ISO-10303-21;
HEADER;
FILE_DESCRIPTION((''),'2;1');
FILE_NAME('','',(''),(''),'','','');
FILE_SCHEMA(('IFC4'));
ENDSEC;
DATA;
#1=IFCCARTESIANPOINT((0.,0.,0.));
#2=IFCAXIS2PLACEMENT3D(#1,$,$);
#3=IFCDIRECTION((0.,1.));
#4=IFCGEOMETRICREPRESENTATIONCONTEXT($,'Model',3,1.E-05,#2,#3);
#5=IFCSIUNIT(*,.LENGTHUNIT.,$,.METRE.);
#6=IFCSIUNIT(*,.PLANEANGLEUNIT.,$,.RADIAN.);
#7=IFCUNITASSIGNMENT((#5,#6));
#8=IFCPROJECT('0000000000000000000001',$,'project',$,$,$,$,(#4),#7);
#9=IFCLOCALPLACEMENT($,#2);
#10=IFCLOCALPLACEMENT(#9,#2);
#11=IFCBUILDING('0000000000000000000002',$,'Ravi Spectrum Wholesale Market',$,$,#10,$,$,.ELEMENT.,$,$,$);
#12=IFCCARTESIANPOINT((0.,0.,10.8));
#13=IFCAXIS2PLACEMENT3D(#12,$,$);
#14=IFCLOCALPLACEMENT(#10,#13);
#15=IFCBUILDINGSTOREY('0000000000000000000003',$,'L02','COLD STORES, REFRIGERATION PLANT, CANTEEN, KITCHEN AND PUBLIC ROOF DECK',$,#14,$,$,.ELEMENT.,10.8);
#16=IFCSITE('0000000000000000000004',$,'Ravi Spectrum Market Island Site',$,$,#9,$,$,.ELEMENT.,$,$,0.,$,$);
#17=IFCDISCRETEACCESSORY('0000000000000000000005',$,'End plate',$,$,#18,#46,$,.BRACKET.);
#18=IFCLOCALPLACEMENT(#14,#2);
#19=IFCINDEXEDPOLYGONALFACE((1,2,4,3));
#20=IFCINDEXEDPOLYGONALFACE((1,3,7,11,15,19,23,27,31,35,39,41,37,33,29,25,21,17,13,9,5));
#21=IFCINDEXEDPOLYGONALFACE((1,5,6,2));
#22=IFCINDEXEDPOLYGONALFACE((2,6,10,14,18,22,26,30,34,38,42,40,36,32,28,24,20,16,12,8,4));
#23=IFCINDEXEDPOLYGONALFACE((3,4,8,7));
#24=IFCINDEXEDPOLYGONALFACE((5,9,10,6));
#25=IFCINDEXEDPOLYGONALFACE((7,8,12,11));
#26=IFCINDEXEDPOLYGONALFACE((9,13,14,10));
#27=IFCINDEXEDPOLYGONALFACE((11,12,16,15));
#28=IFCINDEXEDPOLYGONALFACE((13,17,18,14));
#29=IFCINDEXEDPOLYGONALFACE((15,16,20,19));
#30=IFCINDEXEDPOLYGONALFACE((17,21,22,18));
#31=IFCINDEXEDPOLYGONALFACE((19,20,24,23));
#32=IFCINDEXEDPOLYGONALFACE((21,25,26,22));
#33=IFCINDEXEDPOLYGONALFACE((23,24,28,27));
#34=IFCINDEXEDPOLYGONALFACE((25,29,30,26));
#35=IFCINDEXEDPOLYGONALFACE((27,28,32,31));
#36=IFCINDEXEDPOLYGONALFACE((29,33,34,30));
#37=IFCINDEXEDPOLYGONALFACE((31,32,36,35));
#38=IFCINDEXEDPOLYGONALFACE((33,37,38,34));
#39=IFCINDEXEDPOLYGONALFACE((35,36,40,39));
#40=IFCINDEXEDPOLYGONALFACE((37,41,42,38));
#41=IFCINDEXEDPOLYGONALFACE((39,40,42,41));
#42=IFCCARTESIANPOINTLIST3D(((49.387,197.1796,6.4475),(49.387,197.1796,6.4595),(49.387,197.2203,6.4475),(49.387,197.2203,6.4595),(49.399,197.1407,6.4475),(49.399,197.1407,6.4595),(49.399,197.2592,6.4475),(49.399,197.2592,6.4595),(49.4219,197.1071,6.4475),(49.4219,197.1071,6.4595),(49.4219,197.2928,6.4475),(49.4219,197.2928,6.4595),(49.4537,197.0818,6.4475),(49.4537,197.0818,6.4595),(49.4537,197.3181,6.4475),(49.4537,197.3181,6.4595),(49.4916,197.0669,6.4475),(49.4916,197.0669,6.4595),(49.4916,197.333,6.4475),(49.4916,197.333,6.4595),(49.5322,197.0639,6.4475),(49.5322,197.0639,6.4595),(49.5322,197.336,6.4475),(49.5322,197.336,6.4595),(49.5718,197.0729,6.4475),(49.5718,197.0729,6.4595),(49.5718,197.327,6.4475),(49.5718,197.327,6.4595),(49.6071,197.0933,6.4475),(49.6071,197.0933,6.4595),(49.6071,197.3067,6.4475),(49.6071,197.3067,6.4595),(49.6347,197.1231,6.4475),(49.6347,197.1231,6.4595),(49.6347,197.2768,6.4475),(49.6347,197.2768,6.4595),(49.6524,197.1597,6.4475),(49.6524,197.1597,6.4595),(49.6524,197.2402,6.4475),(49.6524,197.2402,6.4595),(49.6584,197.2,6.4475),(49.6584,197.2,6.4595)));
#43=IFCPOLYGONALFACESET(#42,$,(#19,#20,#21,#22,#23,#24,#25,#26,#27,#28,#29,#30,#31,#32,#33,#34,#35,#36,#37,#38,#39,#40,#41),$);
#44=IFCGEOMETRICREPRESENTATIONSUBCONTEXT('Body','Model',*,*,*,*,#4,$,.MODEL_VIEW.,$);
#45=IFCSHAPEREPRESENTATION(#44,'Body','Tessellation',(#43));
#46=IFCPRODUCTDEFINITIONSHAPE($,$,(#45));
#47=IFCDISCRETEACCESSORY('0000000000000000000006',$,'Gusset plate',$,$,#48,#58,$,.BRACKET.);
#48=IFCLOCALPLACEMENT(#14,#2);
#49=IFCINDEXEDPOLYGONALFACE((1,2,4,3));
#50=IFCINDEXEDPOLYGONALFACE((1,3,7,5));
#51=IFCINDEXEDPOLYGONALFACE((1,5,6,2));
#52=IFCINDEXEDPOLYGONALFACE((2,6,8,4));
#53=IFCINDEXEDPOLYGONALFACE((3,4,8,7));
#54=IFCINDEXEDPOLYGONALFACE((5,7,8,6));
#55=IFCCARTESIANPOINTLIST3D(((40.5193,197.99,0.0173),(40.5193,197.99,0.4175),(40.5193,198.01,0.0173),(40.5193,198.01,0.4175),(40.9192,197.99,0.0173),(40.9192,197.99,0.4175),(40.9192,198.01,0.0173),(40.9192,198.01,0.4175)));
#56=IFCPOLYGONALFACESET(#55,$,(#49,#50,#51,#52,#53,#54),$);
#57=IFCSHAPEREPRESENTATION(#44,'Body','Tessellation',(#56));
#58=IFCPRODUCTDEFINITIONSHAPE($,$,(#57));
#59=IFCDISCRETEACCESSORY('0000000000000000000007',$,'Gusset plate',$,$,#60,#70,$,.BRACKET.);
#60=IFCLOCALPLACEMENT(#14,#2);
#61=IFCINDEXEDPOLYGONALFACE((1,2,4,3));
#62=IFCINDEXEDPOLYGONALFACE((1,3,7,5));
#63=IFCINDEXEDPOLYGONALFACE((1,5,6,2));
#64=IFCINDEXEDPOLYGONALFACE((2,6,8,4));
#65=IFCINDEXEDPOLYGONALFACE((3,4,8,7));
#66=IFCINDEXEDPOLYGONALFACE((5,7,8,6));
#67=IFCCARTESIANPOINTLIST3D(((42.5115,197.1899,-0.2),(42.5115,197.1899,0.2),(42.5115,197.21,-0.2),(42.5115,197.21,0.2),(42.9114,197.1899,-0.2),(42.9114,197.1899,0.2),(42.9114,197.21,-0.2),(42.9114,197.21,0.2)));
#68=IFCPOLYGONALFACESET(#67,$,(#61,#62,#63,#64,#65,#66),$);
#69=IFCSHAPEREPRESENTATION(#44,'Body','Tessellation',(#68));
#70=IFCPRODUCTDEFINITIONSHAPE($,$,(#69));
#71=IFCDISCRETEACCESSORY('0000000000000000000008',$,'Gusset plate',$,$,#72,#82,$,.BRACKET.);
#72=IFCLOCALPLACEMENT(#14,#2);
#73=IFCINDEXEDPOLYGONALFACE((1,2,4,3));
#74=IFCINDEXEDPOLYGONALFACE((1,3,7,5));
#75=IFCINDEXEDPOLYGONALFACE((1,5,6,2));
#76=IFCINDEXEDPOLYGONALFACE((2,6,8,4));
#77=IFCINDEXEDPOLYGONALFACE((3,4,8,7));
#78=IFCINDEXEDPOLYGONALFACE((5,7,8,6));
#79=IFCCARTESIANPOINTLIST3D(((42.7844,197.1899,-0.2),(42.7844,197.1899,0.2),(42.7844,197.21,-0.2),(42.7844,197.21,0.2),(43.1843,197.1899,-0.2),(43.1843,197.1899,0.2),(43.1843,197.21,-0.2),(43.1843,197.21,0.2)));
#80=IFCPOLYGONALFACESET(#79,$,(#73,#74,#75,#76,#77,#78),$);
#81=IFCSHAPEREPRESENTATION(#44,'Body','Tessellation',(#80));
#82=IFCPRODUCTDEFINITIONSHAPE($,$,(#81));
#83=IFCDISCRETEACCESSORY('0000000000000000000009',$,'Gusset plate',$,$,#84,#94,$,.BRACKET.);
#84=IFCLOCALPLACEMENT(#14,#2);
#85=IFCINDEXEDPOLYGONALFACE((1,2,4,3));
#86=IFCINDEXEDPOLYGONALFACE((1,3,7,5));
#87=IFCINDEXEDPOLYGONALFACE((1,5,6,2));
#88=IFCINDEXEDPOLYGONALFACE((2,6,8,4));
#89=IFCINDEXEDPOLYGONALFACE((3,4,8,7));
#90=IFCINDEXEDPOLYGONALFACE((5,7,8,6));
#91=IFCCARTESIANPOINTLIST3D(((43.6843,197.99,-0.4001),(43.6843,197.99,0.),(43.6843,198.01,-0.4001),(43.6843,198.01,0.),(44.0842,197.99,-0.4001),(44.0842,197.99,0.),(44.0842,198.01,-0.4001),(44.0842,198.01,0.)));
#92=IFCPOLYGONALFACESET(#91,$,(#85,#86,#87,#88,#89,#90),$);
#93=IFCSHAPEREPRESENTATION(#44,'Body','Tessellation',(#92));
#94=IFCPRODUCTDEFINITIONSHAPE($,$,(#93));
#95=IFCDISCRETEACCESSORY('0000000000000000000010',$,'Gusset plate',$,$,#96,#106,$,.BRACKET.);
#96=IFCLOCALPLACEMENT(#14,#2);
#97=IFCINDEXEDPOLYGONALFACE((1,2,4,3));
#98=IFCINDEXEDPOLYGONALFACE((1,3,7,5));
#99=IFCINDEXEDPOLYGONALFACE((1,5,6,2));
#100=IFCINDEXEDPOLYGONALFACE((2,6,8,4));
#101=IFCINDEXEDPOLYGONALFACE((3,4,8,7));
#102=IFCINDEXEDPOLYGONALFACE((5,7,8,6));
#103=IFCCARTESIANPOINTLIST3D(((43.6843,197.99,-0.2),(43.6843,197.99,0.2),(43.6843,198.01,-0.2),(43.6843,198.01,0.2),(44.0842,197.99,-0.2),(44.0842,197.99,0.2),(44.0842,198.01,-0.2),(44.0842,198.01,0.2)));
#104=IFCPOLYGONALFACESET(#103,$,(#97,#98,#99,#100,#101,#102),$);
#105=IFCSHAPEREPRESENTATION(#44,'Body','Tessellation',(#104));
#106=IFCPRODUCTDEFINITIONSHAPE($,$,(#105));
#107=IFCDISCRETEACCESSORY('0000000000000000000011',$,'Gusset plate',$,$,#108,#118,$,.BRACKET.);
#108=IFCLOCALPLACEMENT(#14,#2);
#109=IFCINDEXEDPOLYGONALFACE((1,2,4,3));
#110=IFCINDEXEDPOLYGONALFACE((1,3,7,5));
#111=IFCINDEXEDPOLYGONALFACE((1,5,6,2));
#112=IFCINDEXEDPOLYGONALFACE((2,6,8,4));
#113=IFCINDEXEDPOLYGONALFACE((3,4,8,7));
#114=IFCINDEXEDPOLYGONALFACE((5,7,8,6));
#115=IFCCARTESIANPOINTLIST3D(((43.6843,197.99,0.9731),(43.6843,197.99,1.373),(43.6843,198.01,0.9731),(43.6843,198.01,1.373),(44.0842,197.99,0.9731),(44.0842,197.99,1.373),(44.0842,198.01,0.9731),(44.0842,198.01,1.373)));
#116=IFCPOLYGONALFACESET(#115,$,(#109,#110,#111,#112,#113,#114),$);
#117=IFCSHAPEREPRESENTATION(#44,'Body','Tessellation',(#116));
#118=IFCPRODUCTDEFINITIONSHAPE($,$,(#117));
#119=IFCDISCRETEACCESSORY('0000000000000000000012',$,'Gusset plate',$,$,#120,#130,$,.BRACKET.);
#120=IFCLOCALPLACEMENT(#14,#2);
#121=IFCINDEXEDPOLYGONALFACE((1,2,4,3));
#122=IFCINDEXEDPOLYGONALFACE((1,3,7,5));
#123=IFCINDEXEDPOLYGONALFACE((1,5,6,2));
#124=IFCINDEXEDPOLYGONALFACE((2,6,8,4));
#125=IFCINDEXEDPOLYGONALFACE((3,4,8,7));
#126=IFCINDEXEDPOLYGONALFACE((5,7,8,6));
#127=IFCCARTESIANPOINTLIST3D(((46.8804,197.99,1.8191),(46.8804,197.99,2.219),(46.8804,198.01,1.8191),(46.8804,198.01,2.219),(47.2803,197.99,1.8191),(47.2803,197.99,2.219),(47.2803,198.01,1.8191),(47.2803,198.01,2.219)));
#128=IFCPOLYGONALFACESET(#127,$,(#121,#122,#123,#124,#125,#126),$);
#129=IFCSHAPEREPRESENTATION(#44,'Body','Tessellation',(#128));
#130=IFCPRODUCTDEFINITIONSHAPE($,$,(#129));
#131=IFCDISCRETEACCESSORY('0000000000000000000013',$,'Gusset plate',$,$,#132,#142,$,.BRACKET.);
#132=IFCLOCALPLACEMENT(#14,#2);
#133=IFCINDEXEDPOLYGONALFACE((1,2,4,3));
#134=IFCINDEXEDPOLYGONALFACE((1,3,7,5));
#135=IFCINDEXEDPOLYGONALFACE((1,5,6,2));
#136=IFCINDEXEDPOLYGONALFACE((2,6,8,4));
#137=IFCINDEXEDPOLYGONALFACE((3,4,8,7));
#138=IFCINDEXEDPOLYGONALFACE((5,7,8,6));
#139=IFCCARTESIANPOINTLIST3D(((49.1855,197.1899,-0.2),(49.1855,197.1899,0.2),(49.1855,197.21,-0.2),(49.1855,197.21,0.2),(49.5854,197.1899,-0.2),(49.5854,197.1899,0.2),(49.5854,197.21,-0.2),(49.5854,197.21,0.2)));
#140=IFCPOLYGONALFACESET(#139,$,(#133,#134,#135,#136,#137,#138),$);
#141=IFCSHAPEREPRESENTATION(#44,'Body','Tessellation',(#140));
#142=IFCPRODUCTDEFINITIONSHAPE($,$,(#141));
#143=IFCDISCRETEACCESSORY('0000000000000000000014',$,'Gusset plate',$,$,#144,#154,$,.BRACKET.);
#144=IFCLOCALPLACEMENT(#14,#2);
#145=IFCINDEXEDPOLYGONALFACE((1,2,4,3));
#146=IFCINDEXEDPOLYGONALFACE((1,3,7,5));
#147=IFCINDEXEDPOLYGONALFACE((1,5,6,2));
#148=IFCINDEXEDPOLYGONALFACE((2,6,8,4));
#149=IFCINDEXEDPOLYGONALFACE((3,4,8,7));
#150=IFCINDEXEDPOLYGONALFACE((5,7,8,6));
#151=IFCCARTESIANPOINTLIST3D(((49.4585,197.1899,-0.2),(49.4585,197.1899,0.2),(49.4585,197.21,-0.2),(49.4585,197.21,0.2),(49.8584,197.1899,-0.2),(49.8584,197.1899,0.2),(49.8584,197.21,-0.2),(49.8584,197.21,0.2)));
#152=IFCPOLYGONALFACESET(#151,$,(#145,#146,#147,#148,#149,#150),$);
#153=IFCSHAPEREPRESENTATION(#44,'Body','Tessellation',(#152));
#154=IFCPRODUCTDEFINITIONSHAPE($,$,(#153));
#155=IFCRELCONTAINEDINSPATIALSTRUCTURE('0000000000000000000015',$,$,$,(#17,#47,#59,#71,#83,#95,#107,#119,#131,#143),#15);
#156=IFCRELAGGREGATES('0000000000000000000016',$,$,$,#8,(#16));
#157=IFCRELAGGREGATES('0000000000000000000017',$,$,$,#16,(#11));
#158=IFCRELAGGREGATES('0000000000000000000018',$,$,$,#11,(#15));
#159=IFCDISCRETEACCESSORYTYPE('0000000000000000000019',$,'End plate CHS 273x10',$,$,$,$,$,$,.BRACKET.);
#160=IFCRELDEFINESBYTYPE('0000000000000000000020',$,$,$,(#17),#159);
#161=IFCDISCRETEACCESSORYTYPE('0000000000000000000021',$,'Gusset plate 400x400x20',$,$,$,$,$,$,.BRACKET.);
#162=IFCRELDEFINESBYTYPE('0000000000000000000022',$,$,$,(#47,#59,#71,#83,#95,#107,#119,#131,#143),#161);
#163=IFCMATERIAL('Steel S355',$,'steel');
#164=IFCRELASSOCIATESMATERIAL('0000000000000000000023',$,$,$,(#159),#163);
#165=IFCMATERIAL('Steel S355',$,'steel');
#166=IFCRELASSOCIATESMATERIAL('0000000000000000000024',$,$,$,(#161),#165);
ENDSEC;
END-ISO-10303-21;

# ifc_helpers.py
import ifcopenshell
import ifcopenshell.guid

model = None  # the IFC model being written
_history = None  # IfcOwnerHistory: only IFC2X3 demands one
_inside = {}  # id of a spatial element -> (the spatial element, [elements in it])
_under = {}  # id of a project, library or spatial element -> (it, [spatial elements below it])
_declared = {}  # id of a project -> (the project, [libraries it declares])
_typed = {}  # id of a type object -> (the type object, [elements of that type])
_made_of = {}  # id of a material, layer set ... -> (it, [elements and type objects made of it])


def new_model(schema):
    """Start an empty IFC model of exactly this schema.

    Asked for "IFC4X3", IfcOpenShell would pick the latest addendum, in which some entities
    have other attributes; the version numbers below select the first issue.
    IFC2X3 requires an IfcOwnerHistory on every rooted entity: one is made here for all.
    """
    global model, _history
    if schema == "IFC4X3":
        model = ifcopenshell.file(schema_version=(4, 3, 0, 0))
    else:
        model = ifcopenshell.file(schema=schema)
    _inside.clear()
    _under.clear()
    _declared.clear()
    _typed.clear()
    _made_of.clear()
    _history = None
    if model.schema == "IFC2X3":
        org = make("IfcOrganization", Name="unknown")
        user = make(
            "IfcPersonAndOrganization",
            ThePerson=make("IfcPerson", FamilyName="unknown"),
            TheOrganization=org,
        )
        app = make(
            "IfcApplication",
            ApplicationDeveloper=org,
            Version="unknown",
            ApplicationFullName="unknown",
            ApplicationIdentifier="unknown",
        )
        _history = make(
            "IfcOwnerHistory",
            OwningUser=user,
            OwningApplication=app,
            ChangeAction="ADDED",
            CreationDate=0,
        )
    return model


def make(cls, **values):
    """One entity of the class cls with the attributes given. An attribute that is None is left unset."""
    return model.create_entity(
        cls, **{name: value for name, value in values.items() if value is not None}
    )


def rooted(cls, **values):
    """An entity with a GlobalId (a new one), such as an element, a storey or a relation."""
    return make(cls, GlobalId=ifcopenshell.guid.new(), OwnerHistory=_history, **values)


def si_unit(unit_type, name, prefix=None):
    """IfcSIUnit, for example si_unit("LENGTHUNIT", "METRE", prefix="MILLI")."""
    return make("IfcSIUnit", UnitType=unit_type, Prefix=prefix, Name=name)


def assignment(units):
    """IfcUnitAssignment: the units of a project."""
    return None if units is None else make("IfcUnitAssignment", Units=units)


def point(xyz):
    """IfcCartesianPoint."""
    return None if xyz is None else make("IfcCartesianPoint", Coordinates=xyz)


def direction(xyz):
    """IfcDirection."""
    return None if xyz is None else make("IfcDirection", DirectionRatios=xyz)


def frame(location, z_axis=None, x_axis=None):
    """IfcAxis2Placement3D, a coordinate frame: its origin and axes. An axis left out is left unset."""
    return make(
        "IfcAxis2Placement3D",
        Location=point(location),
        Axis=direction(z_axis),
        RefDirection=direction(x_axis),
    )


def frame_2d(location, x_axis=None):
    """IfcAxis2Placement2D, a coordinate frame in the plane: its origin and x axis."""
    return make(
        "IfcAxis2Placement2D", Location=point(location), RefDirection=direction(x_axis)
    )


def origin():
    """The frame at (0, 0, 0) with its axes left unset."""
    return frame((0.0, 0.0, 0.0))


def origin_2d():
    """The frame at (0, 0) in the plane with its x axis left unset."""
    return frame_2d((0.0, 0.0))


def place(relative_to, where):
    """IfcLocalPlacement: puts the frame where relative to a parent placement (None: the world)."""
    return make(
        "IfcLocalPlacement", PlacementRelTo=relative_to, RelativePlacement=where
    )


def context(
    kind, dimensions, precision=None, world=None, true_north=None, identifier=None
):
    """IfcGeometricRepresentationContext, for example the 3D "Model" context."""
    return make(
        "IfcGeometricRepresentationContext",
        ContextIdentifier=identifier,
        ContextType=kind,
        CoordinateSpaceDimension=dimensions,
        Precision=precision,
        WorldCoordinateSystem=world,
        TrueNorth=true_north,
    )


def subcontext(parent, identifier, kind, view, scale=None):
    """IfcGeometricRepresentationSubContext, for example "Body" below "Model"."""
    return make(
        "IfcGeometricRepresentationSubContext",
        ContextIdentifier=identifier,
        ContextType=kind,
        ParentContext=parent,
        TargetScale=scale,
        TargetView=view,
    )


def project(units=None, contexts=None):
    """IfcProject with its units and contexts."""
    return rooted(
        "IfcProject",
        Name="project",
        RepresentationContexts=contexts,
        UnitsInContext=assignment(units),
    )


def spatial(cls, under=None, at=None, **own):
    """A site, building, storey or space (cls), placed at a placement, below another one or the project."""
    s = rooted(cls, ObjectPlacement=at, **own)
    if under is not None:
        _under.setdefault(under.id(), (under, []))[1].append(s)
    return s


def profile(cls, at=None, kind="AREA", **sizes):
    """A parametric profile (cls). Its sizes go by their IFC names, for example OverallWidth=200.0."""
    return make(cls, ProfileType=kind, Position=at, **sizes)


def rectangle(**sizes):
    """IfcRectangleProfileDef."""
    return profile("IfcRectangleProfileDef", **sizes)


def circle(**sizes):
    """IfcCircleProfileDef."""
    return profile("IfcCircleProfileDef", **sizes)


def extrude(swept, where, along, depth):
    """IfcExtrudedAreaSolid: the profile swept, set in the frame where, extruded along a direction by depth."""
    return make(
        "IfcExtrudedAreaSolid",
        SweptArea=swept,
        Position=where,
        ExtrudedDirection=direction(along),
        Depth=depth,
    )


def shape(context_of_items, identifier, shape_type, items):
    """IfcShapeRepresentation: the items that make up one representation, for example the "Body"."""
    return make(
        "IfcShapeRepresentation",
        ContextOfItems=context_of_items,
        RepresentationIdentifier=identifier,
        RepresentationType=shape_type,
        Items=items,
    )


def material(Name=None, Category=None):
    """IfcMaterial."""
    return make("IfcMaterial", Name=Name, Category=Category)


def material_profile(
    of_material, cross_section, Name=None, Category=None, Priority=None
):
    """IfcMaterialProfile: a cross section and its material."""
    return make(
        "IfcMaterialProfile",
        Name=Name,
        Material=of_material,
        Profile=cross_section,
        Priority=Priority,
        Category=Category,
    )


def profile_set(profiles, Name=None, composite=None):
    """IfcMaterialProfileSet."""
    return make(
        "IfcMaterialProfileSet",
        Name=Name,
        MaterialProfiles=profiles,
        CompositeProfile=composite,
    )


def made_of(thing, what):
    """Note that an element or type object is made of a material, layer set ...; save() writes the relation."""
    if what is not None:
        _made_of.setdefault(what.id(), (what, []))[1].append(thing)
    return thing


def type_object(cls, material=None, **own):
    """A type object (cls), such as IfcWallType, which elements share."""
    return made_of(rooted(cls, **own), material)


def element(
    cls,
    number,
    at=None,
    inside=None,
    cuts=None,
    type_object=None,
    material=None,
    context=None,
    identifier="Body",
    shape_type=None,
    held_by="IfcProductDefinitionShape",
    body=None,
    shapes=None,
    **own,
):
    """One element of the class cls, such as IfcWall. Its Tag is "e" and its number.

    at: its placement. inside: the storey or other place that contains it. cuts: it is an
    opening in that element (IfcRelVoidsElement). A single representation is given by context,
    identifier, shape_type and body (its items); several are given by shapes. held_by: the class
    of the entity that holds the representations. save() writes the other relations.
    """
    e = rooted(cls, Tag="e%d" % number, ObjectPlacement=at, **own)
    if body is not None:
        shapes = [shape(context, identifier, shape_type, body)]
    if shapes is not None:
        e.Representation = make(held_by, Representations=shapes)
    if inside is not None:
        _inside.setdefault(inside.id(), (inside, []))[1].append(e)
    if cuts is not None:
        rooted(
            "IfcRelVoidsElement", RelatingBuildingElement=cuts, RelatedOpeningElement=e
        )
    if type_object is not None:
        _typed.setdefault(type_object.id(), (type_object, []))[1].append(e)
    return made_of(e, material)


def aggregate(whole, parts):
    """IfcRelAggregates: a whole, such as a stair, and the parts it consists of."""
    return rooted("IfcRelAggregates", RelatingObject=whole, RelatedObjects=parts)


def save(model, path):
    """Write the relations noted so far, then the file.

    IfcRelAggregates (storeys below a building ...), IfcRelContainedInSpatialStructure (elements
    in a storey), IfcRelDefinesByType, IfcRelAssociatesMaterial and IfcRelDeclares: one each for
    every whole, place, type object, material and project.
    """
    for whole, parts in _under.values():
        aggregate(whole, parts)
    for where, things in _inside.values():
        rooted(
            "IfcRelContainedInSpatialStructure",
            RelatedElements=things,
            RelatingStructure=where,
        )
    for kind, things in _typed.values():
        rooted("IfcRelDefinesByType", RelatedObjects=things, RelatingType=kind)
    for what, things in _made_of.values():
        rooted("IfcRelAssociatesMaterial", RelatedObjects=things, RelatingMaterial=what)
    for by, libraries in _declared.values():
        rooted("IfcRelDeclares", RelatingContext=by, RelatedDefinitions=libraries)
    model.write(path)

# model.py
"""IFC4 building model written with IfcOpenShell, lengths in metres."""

from ifc_helpers import new_model, si_unit, direction, frame, origin, origin_2d, place, context, subcontext, project, spatial, rectangle, circle, extrude, material, material_profile, profile_set, type_object, element, save


model = new_model("IFC4")

# Units and contexts
model_context = context("Model", 3, precision=1e-05, world=origin(), true_north=direction((0.0, 1.0)))
body_context = subcontext(model_context, "Body", "Model", "MODEL_VIEW")
ifc_project = project(units=[si_unit("LENGTHUNIT", "METRE"), si_unit("PLANEANGLEUNIT", "RADIAN")], contexts=[model_context])

# Site, building, storey
site_placement = place(None, origin())
site = spatial("IfcSite", under=ifc_project, at=site_placement, Name="Ravi Spectrum Market Island Site", CompositionType="ELEMENT", RefElevation=0.0)
building_placement = place(site_placement, origin())
building = spatial("IfcBuilding", under=site, at=building_placement, Name="Ravi Spectrum Wholesale Market", CompositionType="ELEMENT")
storey_placement = place(building_placement, frame((0.0, 0.0, 10.8)))
storey = spatial("IfcBuildingStorey", under=building, at=storey_placement, Name="L02", Description="COLD STORES, REFRIGERATION PLANT, CANTEEN, KITCHEN AND PUBLIC ROOF DECK", CompositionType="ELEMENT", Elevation=10.8)

# Discrete accessories
ifc_material_1 = material(Name="Steel S355", Category="steel")
ifc_material_profile_1 = material_profile(ifc_material_1, circle(Radius=0.1365, at=origin_2d()))
ifc_profile_set_1 = profile_set([ifc_material_profile_1], Name="Steel S355")
discrete_accessory_type_1 = type_object("IfcDiscreteAccessoryType", Name="End plate CHS 273x10", PredefinedType="BRACKET", material=ifc_profile_set_1)
for number, where, z_axis, x_axis, name in (
    (1, (49.522, 197.2, 6.4475), (0.0, 0.0, 1.0), (1.0, 0.0, 0.0), "End plate"),
):
    element("IfcDiscreteAccessory", number, at=place(storey_placement, frame(where, z_axis=z_axis, x_axis=x_axis)), inside=storey, type_object=discrete_accessory_type_1, Name=name, PredefinedType="BRACKET", context=body_context, shape_type="SweptSolid", body=[
        extrude(circle(Radius=0.1365, at=origin_2d()), origin(), (0.0, 0.0, 1.0), 0.012),
    ])
ifc_material_2 = material(Name="Steel S355", Category="steel")
ifc_material_profile_2 = material_profile(ifc_material_2, rectangle(XDim=0.3999, YDim=0.02, at=origin_2d()))
ifc_profile_set_2 = profile_set([ifc_material_profile_2], Name="Steel S355")
discrete_accessory_type_2 = type_object("IfcDiscreteAccessoryType", Name="Gusset plate 400x400x20", PredefinedType="BRACKET", material=ifc_profile_set_2)
discrete_accessory_1_placement = place(storey_placement, frame((40.7192, 198.0, 0.0173), z_axis=(0.0, 0.0, 1.0), x_axis=(1.0, 0.0, 0.0)))
element("IfcDiscreteAccessory", 2, at=discrete_accessory_1_placement, inside=storey, type_object=discrete_accessory_type_2, Name="Gusset plate", PredefinedType="BRACKET", context=body_context, shape_type="SweptSolid", body=[
    extrude(rectangle(XDim=0.3999, YDim=0.02, at=origin_2d()), origin(), (0.0, 0.0, 1.0), 0.4001),
])
for number, where, z_axis, x_axis, name in (
    (3, (42.7114, 197.2, -0.2), (0.0, 0.0, 1.0), (1.0, 0.0, 0.0), "Gusset plate"),
    (4, (42.9844, 197.2, -0.2), (0.0, 0.0, 1.0), (1.0, 0.0, 0.0), "Gusset plate"),
):
    element("IfcDiscreteAccessory", number, at=place(storey_placement, frame(where, z_axis=z_axis, x_axis=x_axis)), inside=storey, type_object=discrete_accessory_type_2, Name=name, PredefinedType="BRACKET", context=body_context, shape_type="SweptSolid", body=[
        extrude(rectangle(XDim=0.3999, YDim=0.02, at=origin_2d()), origin(), (0.0, 0.0, 1.0), 0.3999),
    ])
discrete_accessory_2_placement = place(storey_placement, frame((43.8843, 198.0, -0.4001), z_axis=(0.0, 0.0, 1.0), x_axis=(1.0, 0.0, 0.0)))
element("IfcDiscreteAccessory", 5, at=discrete_accessory_2_placement, inside=storey, type_object=discrete_accessory_type_2, Name="Gusset plate", PredefinedType="BRACKET", context=body_context, shape_type="SweptSolid", body=[
    extrude(rectangle(XDim=0.3999, YDim=0.02, at=origin_2d()), origin(), (0.0, 0.0, 1.0), 0.4001),
])
for number, where, z_axis, x_axis, name in (
    (6, (43.8843, 198.0, -0.2), (0.0, 0.0, 1.0), (1.0, 0.0, 0.0), "Gusset plate"),
    (7, (43.8843, 198.0, 0.9731), (0.0, 0.0, 1.0), (1.0, 0.0, 0.0), "Gusset plate"),
    (8, (47.0803, 198.0, 1.8191), (0.0, 0.0, 1.0), (1.0, 0.0, 0.0), "Gusset plate"),
    (9, (49.3855, 197.2, -0.2), (0.0, 0.0, 1.0), (1.0, 0.0, 0.0), "Gusset plate"),
    (10, (49.6584, 197.2, -0.2), (0.0, 0.0, 1.0), (1.0, 0.0, 0.0), "Gusset plate"),
):
    element("IfcDiscreteAccessory", number, at=place(storey_placement, frame(where, z_axis=z_axis, x_axis=x_axis)), inside=storey, type_object=discrete_accessory_type_2, Name=name, PredefinedType="BRACKET", context=body_context, shape_type="SweptSolid", body=[
        extrude(rectangle(XDim=0.3999, YDim=0.02, at=origin_2d()), origin(), (0.0, 0.0, 1.0), 0.3999),
    ])

save(model, "model.ifc")
